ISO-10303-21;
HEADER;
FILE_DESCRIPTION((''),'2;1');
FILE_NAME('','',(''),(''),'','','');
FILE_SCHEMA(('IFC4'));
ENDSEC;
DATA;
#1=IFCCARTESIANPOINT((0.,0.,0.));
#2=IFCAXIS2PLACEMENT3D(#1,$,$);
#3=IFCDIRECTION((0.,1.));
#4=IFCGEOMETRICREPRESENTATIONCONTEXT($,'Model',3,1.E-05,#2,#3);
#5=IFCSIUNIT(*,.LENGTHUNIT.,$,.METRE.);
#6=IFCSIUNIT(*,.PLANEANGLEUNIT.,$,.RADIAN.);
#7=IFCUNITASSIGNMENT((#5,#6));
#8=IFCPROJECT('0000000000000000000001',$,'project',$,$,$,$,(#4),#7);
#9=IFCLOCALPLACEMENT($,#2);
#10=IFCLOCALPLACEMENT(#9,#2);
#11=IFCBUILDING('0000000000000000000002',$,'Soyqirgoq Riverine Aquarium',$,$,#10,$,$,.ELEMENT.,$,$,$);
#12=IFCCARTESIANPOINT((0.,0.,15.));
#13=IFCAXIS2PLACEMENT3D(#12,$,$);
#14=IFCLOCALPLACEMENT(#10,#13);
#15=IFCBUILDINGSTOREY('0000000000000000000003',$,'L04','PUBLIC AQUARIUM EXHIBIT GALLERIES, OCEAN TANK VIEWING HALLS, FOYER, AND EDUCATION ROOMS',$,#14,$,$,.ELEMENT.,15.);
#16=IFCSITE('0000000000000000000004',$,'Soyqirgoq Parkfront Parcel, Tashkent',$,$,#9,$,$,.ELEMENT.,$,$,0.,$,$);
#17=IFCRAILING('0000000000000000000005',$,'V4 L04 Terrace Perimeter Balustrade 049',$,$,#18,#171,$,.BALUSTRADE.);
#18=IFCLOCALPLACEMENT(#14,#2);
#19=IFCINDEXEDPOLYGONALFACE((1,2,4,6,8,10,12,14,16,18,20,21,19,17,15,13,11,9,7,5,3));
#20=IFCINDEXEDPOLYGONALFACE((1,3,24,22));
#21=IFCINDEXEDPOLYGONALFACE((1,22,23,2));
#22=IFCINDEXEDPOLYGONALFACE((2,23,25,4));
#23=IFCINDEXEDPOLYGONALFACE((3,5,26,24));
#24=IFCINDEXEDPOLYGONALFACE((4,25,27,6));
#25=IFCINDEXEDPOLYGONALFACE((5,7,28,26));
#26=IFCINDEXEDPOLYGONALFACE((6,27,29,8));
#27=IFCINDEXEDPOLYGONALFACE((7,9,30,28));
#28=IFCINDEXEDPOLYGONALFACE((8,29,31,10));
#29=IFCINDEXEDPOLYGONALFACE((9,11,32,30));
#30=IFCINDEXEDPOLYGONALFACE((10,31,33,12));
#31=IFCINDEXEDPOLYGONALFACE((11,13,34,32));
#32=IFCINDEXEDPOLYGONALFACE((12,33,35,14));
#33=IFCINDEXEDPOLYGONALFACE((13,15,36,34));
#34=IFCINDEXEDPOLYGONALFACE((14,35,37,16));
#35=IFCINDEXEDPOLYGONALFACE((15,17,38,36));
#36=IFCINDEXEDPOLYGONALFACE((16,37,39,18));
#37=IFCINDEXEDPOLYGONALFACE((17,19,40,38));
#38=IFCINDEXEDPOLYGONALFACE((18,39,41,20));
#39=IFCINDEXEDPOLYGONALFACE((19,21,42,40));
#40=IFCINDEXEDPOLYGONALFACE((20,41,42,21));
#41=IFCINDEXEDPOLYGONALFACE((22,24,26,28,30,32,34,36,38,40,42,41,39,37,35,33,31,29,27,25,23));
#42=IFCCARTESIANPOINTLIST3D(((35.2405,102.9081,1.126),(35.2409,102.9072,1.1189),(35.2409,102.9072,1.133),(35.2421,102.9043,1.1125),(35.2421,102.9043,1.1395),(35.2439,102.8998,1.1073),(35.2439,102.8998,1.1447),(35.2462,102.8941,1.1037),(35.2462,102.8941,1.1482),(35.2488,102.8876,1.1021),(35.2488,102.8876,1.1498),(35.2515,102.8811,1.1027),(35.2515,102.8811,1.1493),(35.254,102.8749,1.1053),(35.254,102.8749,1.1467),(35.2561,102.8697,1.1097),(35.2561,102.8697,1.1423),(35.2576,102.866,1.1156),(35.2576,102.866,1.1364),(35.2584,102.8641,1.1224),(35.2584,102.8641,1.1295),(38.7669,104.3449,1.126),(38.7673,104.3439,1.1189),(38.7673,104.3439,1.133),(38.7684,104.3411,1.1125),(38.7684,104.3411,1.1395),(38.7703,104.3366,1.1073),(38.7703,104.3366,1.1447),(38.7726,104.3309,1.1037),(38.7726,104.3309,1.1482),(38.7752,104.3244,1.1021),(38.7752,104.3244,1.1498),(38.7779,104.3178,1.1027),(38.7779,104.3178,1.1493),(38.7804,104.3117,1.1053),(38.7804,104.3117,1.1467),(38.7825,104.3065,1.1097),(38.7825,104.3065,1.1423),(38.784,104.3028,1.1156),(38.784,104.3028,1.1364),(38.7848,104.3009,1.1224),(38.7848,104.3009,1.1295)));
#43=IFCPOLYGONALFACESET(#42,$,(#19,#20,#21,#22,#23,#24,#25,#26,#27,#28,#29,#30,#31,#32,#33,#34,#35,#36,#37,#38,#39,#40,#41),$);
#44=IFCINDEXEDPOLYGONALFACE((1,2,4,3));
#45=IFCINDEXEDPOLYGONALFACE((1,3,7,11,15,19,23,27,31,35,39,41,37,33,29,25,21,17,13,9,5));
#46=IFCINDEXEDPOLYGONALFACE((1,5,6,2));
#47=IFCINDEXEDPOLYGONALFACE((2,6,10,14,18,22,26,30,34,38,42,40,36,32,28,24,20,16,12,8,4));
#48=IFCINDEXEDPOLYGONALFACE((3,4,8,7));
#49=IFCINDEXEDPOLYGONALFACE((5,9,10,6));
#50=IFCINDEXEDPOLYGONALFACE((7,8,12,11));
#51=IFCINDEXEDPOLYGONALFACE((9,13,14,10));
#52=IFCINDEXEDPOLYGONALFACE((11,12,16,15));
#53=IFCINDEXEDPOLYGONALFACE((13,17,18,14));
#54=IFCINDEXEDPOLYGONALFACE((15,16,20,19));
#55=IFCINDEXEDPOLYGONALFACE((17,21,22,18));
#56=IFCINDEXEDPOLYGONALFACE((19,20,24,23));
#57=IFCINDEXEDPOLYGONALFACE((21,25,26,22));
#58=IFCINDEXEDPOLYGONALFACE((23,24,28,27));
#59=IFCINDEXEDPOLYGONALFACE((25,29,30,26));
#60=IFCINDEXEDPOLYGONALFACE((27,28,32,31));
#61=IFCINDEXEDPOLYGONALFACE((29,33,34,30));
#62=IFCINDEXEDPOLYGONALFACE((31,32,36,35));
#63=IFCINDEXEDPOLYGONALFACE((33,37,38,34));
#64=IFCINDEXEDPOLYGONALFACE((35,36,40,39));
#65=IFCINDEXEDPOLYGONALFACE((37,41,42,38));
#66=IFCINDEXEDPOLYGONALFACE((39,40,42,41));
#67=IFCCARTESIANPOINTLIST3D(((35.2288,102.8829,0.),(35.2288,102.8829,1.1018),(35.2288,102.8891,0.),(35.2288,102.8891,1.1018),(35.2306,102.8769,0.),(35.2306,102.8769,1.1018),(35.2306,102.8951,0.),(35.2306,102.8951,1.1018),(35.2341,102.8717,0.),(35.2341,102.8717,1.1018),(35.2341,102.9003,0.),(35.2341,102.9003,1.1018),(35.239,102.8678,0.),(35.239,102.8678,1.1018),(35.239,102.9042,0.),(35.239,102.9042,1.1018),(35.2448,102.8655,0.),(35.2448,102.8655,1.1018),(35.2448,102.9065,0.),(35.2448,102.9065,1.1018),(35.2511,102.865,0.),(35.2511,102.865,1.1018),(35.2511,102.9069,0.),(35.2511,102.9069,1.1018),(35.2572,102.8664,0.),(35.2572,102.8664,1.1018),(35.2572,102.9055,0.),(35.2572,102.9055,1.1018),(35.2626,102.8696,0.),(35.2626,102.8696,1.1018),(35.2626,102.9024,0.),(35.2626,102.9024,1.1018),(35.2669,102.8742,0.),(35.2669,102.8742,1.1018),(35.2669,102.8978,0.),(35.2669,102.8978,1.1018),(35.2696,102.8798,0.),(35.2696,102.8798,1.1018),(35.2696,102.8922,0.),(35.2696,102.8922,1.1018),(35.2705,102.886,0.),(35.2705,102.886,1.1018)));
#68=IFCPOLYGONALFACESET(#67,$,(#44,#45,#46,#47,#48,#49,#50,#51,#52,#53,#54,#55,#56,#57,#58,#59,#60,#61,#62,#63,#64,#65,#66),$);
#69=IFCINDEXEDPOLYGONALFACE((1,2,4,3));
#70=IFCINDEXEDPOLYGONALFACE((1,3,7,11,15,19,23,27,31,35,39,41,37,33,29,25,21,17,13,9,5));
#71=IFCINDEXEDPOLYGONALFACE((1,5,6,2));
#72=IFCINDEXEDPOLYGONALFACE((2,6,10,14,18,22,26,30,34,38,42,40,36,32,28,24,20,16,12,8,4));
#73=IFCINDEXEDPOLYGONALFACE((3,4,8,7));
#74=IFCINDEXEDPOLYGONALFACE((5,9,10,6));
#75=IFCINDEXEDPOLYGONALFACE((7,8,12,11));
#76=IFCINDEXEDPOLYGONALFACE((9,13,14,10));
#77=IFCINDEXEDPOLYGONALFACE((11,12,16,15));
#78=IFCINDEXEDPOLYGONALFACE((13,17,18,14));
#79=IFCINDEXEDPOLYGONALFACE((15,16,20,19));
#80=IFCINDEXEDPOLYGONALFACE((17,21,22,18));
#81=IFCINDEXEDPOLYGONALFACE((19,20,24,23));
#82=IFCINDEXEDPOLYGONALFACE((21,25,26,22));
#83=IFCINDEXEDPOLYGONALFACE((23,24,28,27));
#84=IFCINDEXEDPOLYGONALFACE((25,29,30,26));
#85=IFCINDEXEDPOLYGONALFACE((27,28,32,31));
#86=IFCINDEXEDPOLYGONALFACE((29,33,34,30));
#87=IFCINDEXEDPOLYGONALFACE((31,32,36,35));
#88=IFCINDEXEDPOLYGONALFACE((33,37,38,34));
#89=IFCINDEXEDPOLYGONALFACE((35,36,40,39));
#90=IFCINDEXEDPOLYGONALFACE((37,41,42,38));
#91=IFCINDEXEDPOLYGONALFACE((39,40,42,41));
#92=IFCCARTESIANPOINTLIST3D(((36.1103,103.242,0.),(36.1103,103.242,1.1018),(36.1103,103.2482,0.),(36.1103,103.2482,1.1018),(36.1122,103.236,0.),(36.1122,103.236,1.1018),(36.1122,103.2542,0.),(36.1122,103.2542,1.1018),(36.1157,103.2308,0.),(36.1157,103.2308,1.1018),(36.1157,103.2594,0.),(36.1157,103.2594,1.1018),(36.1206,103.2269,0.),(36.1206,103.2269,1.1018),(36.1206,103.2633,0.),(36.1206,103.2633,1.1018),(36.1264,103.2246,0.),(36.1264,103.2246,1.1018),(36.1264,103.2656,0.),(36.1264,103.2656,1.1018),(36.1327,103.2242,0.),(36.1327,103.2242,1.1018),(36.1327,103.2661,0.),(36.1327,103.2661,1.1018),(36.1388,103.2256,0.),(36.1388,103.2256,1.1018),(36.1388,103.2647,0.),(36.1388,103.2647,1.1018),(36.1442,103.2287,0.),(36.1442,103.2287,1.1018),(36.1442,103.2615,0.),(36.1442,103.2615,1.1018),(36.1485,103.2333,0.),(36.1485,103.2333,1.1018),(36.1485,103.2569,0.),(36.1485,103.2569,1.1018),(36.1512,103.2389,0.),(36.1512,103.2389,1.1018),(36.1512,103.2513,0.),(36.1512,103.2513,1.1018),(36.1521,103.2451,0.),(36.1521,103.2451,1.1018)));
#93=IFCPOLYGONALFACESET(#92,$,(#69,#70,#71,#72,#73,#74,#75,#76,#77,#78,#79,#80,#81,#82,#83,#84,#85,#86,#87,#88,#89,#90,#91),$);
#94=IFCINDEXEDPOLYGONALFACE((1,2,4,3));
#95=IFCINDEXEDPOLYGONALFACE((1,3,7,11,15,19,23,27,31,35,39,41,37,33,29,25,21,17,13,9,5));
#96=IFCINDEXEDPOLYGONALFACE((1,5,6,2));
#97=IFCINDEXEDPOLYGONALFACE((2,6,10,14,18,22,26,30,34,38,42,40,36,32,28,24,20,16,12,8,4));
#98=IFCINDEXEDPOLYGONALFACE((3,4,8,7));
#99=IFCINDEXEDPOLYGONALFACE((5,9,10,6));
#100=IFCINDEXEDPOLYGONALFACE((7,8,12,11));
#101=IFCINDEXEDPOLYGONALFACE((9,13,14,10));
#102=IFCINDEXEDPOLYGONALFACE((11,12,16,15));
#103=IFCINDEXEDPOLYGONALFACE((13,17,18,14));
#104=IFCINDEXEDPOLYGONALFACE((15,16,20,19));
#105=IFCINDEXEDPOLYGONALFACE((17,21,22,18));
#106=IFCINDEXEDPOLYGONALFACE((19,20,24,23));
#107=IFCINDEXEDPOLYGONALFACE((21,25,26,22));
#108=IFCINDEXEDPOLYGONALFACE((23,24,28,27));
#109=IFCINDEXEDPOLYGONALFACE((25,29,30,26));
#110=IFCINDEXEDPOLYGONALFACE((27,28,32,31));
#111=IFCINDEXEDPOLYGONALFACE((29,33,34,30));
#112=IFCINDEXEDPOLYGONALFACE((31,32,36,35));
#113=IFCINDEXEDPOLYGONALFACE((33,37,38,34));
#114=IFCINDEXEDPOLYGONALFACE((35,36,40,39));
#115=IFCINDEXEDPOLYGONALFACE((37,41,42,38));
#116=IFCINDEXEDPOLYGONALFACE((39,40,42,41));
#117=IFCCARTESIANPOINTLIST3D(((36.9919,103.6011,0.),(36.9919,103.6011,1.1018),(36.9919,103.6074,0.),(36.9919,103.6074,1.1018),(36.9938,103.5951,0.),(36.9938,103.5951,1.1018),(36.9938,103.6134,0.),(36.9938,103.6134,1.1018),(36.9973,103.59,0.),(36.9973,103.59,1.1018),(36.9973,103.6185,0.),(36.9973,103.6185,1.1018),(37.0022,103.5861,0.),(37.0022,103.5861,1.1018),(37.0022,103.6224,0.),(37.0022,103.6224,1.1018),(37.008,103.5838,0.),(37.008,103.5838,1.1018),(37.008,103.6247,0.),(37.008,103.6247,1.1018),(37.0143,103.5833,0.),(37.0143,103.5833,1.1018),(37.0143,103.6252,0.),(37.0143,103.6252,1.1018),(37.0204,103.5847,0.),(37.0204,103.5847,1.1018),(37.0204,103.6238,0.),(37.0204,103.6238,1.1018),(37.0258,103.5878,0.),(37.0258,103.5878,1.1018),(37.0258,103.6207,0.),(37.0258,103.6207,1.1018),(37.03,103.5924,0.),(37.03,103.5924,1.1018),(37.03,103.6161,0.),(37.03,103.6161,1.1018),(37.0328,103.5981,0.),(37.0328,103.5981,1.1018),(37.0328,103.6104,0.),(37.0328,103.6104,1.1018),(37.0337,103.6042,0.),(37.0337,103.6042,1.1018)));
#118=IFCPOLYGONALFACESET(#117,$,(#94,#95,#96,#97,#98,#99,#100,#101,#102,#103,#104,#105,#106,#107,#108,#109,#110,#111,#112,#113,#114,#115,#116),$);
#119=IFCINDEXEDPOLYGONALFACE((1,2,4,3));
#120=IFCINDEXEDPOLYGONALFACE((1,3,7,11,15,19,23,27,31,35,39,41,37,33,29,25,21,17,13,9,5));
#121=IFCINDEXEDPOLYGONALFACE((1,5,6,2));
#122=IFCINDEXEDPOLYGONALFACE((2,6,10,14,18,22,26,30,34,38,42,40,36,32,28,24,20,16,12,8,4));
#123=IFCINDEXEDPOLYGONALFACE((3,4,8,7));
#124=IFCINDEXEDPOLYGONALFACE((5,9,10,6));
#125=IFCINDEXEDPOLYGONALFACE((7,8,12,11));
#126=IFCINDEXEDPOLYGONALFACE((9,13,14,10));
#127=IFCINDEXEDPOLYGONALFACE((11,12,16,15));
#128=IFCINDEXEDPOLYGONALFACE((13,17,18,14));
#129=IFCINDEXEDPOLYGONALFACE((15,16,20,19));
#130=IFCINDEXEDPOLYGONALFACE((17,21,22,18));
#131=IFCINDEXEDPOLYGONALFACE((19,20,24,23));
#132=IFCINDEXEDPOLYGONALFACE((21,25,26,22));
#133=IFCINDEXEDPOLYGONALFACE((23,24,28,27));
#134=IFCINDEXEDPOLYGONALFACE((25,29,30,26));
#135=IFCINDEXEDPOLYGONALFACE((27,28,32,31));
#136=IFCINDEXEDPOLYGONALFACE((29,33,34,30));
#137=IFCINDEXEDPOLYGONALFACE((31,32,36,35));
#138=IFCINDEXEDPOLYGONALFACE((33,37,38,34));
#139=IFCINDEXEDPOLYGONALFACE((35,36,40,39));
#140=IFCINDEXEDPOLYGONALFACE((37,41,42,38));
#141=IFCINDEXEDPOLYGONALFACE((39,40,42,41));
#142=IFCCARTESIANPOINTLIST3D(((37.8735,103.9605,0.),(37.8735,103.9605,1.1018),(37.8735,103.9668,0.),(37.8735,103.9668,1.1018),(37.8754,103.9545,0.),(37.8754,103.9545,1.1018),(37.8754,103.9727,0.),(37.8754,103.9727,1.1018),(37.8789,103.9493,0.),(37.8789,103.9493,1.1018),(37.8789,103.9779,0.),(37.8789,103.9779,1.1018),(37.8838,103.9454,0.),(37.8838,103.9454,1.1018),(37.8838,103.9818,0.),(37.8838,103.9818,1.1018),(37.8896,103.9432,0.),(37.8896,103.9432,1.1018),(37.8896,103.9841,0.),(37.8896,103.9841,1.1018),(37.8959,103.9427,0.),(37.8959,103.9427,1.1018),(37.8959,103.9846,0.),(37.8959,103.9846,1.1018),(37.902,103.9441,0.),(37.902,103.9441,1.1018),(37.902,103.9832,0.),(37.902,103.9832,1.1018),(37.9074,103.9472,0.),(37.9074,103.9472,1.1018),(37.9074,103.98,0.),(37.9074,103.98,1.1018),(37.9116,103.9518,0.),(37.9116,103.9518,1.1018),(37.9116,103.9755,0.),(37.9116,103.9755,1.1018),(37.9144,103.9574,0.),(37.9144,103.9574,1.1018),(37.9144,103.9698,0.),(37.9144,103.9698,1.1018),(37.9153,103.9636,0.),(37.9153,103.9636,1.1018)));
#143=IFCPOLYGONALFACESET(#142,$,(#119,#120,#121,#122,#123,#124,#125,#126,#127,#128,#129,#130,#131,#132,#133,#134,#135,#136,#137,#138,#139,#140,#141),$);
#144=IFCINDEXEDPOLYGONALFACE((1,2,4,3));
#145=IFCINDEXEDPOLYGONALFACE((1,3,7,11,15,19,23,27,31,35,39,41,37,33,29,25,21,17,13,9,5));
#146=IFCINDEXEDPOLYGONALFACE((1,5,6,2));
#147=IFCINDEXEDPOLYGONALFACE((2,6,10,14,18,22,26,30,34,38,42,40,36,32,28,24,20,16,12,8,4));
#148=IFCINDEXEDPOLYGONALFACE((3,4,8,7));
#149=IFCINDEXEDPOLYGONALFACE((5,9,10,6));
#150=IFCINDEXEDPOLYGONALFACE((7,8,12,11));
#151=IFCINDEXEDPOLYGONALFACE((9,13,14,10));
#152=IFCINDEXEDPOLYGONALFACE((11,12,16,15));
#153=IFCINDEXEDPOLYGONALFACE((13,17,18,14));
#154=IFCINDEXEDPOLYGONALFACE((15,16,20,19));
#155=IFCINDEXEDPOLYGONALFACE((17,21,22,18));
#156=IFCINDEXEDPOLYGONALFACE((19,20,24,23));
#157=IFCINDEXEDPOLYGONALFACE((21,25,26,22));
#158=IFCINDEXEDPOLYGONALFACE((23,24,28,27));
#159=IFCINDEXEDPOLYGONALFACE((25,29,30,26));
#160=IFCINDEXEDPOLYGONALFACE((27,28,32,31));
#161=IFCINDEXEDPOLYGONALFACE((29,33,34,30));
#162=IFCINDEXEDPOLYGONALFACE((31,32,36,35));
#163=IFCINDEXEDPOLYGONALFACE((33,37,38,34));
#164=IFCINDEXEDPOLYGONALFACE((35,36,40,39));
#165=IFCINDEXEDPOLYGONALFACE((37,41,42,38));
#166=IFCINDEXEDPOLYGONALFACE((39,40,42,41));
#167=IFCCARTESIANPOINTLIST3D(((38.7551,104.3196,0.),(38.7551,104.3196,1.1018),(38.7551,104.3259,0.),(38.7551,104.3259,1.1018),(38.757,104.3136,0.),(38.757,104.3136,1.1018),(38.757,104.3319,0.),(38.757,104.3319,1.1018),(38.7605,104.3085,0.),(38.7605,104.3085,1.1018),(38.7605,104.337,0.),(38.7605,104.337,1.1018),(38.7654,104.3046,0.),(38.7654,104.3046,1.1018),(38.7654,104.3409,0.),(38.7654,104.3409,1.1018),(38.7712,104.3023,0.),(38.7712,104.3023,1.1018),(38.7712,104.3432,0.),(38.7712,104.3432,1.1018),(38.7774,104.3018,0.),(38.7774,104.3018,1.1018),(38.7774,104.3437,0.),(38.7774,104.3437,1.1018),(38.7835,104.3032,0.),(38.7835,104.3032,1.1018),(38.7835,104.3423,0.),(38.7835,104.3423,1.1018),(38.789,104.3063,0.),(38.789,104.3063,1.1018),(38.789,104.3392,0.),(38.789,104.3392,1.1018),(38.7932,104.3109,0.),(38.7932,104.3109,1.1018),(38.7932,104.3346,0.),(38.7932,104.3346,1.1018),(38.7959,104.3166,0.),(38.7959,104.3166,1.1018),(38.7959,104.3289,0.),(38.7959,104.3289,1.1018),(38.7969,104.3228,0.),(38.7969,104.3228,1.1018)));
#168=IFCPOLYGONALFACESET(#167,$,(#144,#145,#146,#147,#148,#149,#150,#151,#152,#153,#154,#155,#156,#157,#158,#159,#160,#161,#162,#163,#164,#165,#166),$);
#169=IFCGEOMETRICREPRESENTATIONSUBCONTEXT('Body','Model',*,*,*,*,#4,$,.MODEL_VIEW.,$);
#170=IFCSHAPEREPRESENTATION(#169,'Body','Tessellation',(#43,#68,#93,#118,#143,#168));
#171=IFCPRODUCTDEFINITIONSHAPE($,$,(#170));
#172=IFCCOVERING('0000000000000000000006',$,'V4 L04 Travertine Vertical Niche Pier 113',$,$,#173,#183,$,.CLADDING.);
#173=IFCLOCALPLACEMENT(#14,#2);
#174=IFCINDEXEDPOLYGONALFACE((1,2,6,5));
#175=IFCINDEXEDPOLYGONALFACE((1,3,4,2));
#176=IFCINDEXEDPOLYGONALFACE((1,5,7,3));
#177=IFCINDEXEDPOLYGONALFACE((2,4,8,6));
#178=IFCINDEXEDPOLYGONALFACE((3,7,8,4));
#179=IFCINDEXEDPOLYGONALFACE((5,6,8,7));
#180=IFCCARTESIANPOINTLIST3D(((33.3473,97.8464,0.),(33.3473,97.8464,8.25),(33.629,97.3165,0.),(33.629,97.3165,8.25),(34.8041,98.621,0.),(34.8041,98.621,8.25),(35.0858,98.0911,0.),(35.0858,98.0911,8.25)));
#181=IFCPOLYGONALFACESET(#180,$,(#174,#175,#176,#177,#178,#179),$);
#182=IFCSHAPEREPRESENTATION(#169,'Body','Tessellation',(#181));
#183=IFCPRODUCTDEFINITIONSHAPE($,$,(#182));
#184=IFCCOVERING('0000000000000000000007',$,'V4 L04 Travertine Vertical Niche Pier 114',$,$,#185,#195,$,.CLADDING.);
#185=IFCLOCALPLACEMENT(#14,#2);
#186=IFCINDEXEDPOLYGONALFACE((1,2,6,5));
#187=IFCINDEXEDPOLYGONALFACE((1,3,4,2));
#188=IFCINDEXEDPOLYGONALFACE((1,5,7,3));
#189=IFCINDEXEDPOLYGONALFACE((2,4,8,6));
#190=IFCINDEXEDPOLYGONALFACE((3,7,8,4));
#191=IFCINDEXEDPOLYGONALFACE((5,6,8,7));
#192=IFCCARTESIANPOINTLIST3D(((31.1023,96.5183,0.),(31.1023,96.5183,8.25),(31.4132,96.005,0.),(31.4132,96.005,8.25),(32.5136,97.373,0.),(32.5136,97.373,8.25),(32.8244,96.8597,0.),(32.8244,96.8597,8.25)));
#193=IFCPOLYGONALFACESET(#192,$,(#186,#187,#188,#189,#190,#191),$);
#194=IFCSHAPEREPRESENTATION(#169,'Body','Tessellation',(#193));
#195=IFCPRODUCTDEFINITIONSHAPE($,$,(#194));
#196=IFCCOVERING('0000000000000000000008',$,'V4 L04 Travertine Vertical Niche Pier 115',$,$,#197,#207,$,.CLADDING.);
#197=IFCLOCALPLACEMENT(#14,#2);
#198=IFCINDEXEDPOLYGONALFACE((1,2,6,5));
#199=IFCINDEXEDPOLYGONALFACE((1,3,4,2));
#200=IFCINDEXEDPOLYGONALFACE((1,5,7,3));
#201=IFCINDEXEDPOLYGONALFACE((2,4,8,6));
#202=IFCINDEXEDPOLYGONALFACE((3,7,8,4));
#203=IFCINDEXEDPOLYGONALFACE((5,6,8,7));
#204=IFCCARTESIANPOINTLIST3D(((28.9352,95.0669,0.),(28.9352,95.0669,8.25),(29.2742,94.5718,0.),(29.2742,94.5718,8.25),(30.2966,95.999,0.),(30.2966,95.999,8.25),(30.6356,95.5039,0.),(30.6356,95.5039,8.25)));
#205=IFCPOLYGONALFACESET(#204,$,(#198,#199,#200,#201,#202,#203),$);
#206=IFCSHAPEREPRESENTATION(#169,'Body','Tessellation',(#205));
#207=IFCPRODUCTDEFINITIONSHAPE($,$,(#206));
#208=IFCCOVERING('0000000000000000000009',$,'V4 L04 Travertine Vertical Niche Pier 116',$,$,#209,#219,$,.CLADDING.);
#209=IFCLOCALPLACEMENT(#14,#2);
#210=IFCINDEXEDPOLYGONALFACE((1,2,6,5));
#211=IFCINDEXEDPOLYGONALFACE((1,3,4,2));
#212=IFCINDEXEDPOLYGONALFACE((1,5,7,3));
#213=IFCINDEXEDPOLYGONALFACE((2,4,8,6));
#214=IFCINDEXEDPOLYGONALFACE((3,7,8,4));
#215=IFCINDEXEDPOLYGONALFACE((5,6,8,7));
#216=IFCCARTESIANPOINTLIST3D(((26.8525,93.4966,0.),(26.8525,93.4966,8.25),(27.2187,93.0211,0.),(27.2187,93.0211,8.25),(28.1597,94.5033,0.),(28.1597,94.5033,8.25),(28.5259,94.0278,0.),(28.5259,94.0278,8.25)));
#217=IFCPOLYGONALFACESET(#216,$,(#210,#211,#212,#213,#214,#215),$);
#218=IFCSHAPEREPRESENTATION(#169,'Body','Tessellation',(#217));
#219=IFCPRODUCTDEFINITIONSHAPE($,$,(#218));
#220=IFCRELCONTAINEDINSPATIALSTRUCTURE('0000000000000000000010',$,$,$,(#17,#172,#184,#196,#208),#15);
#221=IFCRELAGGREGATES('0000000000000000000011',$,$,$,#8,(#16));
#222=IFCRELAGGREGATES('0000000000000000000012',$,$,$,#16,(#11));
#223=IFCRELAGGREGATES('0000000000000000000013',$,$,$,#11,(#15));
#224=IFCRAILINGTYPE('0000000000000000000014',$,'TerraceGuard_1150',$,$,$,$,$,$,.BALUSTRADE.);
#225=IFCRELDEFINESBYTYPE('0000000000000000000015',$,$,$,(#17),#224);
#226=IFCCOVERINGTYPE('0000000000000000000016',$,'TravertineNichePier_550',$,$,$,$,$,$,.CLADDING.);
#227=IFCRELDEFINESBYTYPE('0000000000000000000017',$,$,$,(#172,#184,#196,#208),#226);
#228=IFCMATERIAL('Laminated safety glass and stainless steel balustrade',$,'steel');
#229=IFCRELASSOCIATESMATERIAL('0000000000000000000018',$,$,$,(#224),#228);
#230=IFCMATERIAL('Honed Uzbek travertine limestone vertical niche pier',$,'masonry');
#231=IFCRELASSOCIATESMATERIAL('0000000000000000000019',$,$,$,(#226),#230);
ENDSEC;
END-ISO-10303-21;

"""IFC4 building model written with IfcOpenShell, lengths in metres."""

from ifc_helpers import new_model, si_unit, direction, frame, origin, origin_2d, place, context, subcontext, project, spatial, rectangle, circle, extrude, material, type_object, element, save


model = new_model("IFC4")

# Units and contexts
model_context = context("Model", 3, precision=1e-05, world=origin(), true_north=direction((0.0, 1.0)))
body_context = subcontext(model_context, "Body", "Model", "MODEL_VIEW")
ifc_project = project(units=[si_unit("LENGTHUNIT", "METRE"), si_unit("PLANEANGLEUNIT", "RADIAN")], contexts=[model_context])

# Site, building, storey
site_placement = place(None, origin())
site = spatial("IfcSite", under=ifc_project, at=site_placement, Name="Soyqirgoq Parkfront Parcel, Tashkent", CompositionType="ELEMENT", RefElevation=0.0)
building_placement = place(site_placement, origin())
building = spatial("IfcBuilding", under=site, at=building_placement, Name="Soyqirgoq Riverine Aquarium", CompositionType="ELEMENT")
storey_placement = place(building_placement, frame((0.0, 0.0, 15.0)))
storey = spatial("IfcBuildingStorey", under=building, at=storey_placement, Name="L04", Description="PUBLIC AQUARIUM EXHIBIT GALLERIES, OCEAN TANK VIEWING HALLS, FOYER, AND EDUCATION ROOMS", CompositionType="ELEMENT", Elevation=15.0)

# Railing
ifc_material_1 = material(Name="Laminated safety glass and stainless steel balustrade", Category="steel")
railing_type = type_object("IfcRailingType", Name="TerraceGuard_1150", PredefinedType="BALUSTRADE", material=ifc_material_1)
railing_1_placement = place(storey_placement, frame((35.2495, 102.886, 0.0)))
element("IfcRailing", 1, at=railing_1_placement, inside=storey, type_object=railing_type, Name="V4 L04 Terrace Perimeter Balustrade 049", PredefinedType="BALUSTRADE", context=body_context, shape_type="SweptSolid", body=[
    extrude(circle(Radius=0.0239, at=origin_2d()), frame((0.0, 0.0, 1.126), z_axis=(0.926083, 0.377319, 0.0), x_axis=(-0.377319, 0.926083, 0.0)), (0.0, 0.0, 1.0), 3.8079),
    extrude(circle(Radius=0.021, at=origin_2d()), origin(), (0.0, 0.0, 1.0), 1.1018),
    extrude(circle(Radius=0.021, at=origin_2d()), frame((0.8816, 0.3591, 0.0)), (0.0, 0.0, 1.0), 1.1018),
    extrude(circle(Radius=0.021, at=origin_2d()), frame((1.7632, 0.7183, 0.0)), (0.0, 0.0, 1.0), 1.1018),
    extrude(circle(Radius=0.021, at=origin_2d()), frame((2.6448, 1.0776, 0.0)), (0.0, 0.0, 1.0), 1.1018),
    extrude(circle(Radius=0.021, at=origin_2d()), frame((3.5264, 1.4368, 0.0)), (0.0, 0.0, 1.0), 1.1018),
])

# Coverings
ifc_material_2 = material(Name="Honed Uzbek travertine limestone vertical niche pier", Category="masonry")
covering_type = type_object("IfcCoveringType", Name="TravertineNichePier_550", PredefinedType="CLADDING", material=ifc_material_2)
for number, where, z_axis, x_axis, name in (
    (2, (34.2166, 97.9688, 0.0), (0.0, 0.0, 1.0), (-0.469472, 0.882948, 0.0), "V4 L04 Travertine Vertical Niche Pier 113"),
    (3, (31.9634, 96.689, 0.0), (0.0, 0.0, 1.0), (-0.518027, 0.855364, 0.0), "V4 L04 Travertine Vertical Niche Pier 114"),
    (4, (29.7854, 95.2854, 0.0), (0.0, 0.0, 1.0), (-0.564967, 0.825113, 0.0), "V4 L04 Travertine Vertical Niche Pier 115"),
    (5, (27.6892, 93.7622, 0.0), (0.0, 0.0, 1.0), (-0.610145, 0.79229, 0.0), "V4 L04 Travertine Vertical Niche Pier 116"),
):
    element("IfcCovering", number, at=place(storey_placement, frame(where, z_axis=z_axis, x_axis=x_axis)), inside=storey, type_object=covering_type, Name=name, PredefinedType="CLADDING", context=body_context, shape_type="SweptSolid", body=[
        extrude(rectangle(XDim=0.6001, YDim=1.6499, at=origin_2d()), origin(), (0.0, 0.0, 1.0), 8.25),
    ])

save(model, "model.ifc")
